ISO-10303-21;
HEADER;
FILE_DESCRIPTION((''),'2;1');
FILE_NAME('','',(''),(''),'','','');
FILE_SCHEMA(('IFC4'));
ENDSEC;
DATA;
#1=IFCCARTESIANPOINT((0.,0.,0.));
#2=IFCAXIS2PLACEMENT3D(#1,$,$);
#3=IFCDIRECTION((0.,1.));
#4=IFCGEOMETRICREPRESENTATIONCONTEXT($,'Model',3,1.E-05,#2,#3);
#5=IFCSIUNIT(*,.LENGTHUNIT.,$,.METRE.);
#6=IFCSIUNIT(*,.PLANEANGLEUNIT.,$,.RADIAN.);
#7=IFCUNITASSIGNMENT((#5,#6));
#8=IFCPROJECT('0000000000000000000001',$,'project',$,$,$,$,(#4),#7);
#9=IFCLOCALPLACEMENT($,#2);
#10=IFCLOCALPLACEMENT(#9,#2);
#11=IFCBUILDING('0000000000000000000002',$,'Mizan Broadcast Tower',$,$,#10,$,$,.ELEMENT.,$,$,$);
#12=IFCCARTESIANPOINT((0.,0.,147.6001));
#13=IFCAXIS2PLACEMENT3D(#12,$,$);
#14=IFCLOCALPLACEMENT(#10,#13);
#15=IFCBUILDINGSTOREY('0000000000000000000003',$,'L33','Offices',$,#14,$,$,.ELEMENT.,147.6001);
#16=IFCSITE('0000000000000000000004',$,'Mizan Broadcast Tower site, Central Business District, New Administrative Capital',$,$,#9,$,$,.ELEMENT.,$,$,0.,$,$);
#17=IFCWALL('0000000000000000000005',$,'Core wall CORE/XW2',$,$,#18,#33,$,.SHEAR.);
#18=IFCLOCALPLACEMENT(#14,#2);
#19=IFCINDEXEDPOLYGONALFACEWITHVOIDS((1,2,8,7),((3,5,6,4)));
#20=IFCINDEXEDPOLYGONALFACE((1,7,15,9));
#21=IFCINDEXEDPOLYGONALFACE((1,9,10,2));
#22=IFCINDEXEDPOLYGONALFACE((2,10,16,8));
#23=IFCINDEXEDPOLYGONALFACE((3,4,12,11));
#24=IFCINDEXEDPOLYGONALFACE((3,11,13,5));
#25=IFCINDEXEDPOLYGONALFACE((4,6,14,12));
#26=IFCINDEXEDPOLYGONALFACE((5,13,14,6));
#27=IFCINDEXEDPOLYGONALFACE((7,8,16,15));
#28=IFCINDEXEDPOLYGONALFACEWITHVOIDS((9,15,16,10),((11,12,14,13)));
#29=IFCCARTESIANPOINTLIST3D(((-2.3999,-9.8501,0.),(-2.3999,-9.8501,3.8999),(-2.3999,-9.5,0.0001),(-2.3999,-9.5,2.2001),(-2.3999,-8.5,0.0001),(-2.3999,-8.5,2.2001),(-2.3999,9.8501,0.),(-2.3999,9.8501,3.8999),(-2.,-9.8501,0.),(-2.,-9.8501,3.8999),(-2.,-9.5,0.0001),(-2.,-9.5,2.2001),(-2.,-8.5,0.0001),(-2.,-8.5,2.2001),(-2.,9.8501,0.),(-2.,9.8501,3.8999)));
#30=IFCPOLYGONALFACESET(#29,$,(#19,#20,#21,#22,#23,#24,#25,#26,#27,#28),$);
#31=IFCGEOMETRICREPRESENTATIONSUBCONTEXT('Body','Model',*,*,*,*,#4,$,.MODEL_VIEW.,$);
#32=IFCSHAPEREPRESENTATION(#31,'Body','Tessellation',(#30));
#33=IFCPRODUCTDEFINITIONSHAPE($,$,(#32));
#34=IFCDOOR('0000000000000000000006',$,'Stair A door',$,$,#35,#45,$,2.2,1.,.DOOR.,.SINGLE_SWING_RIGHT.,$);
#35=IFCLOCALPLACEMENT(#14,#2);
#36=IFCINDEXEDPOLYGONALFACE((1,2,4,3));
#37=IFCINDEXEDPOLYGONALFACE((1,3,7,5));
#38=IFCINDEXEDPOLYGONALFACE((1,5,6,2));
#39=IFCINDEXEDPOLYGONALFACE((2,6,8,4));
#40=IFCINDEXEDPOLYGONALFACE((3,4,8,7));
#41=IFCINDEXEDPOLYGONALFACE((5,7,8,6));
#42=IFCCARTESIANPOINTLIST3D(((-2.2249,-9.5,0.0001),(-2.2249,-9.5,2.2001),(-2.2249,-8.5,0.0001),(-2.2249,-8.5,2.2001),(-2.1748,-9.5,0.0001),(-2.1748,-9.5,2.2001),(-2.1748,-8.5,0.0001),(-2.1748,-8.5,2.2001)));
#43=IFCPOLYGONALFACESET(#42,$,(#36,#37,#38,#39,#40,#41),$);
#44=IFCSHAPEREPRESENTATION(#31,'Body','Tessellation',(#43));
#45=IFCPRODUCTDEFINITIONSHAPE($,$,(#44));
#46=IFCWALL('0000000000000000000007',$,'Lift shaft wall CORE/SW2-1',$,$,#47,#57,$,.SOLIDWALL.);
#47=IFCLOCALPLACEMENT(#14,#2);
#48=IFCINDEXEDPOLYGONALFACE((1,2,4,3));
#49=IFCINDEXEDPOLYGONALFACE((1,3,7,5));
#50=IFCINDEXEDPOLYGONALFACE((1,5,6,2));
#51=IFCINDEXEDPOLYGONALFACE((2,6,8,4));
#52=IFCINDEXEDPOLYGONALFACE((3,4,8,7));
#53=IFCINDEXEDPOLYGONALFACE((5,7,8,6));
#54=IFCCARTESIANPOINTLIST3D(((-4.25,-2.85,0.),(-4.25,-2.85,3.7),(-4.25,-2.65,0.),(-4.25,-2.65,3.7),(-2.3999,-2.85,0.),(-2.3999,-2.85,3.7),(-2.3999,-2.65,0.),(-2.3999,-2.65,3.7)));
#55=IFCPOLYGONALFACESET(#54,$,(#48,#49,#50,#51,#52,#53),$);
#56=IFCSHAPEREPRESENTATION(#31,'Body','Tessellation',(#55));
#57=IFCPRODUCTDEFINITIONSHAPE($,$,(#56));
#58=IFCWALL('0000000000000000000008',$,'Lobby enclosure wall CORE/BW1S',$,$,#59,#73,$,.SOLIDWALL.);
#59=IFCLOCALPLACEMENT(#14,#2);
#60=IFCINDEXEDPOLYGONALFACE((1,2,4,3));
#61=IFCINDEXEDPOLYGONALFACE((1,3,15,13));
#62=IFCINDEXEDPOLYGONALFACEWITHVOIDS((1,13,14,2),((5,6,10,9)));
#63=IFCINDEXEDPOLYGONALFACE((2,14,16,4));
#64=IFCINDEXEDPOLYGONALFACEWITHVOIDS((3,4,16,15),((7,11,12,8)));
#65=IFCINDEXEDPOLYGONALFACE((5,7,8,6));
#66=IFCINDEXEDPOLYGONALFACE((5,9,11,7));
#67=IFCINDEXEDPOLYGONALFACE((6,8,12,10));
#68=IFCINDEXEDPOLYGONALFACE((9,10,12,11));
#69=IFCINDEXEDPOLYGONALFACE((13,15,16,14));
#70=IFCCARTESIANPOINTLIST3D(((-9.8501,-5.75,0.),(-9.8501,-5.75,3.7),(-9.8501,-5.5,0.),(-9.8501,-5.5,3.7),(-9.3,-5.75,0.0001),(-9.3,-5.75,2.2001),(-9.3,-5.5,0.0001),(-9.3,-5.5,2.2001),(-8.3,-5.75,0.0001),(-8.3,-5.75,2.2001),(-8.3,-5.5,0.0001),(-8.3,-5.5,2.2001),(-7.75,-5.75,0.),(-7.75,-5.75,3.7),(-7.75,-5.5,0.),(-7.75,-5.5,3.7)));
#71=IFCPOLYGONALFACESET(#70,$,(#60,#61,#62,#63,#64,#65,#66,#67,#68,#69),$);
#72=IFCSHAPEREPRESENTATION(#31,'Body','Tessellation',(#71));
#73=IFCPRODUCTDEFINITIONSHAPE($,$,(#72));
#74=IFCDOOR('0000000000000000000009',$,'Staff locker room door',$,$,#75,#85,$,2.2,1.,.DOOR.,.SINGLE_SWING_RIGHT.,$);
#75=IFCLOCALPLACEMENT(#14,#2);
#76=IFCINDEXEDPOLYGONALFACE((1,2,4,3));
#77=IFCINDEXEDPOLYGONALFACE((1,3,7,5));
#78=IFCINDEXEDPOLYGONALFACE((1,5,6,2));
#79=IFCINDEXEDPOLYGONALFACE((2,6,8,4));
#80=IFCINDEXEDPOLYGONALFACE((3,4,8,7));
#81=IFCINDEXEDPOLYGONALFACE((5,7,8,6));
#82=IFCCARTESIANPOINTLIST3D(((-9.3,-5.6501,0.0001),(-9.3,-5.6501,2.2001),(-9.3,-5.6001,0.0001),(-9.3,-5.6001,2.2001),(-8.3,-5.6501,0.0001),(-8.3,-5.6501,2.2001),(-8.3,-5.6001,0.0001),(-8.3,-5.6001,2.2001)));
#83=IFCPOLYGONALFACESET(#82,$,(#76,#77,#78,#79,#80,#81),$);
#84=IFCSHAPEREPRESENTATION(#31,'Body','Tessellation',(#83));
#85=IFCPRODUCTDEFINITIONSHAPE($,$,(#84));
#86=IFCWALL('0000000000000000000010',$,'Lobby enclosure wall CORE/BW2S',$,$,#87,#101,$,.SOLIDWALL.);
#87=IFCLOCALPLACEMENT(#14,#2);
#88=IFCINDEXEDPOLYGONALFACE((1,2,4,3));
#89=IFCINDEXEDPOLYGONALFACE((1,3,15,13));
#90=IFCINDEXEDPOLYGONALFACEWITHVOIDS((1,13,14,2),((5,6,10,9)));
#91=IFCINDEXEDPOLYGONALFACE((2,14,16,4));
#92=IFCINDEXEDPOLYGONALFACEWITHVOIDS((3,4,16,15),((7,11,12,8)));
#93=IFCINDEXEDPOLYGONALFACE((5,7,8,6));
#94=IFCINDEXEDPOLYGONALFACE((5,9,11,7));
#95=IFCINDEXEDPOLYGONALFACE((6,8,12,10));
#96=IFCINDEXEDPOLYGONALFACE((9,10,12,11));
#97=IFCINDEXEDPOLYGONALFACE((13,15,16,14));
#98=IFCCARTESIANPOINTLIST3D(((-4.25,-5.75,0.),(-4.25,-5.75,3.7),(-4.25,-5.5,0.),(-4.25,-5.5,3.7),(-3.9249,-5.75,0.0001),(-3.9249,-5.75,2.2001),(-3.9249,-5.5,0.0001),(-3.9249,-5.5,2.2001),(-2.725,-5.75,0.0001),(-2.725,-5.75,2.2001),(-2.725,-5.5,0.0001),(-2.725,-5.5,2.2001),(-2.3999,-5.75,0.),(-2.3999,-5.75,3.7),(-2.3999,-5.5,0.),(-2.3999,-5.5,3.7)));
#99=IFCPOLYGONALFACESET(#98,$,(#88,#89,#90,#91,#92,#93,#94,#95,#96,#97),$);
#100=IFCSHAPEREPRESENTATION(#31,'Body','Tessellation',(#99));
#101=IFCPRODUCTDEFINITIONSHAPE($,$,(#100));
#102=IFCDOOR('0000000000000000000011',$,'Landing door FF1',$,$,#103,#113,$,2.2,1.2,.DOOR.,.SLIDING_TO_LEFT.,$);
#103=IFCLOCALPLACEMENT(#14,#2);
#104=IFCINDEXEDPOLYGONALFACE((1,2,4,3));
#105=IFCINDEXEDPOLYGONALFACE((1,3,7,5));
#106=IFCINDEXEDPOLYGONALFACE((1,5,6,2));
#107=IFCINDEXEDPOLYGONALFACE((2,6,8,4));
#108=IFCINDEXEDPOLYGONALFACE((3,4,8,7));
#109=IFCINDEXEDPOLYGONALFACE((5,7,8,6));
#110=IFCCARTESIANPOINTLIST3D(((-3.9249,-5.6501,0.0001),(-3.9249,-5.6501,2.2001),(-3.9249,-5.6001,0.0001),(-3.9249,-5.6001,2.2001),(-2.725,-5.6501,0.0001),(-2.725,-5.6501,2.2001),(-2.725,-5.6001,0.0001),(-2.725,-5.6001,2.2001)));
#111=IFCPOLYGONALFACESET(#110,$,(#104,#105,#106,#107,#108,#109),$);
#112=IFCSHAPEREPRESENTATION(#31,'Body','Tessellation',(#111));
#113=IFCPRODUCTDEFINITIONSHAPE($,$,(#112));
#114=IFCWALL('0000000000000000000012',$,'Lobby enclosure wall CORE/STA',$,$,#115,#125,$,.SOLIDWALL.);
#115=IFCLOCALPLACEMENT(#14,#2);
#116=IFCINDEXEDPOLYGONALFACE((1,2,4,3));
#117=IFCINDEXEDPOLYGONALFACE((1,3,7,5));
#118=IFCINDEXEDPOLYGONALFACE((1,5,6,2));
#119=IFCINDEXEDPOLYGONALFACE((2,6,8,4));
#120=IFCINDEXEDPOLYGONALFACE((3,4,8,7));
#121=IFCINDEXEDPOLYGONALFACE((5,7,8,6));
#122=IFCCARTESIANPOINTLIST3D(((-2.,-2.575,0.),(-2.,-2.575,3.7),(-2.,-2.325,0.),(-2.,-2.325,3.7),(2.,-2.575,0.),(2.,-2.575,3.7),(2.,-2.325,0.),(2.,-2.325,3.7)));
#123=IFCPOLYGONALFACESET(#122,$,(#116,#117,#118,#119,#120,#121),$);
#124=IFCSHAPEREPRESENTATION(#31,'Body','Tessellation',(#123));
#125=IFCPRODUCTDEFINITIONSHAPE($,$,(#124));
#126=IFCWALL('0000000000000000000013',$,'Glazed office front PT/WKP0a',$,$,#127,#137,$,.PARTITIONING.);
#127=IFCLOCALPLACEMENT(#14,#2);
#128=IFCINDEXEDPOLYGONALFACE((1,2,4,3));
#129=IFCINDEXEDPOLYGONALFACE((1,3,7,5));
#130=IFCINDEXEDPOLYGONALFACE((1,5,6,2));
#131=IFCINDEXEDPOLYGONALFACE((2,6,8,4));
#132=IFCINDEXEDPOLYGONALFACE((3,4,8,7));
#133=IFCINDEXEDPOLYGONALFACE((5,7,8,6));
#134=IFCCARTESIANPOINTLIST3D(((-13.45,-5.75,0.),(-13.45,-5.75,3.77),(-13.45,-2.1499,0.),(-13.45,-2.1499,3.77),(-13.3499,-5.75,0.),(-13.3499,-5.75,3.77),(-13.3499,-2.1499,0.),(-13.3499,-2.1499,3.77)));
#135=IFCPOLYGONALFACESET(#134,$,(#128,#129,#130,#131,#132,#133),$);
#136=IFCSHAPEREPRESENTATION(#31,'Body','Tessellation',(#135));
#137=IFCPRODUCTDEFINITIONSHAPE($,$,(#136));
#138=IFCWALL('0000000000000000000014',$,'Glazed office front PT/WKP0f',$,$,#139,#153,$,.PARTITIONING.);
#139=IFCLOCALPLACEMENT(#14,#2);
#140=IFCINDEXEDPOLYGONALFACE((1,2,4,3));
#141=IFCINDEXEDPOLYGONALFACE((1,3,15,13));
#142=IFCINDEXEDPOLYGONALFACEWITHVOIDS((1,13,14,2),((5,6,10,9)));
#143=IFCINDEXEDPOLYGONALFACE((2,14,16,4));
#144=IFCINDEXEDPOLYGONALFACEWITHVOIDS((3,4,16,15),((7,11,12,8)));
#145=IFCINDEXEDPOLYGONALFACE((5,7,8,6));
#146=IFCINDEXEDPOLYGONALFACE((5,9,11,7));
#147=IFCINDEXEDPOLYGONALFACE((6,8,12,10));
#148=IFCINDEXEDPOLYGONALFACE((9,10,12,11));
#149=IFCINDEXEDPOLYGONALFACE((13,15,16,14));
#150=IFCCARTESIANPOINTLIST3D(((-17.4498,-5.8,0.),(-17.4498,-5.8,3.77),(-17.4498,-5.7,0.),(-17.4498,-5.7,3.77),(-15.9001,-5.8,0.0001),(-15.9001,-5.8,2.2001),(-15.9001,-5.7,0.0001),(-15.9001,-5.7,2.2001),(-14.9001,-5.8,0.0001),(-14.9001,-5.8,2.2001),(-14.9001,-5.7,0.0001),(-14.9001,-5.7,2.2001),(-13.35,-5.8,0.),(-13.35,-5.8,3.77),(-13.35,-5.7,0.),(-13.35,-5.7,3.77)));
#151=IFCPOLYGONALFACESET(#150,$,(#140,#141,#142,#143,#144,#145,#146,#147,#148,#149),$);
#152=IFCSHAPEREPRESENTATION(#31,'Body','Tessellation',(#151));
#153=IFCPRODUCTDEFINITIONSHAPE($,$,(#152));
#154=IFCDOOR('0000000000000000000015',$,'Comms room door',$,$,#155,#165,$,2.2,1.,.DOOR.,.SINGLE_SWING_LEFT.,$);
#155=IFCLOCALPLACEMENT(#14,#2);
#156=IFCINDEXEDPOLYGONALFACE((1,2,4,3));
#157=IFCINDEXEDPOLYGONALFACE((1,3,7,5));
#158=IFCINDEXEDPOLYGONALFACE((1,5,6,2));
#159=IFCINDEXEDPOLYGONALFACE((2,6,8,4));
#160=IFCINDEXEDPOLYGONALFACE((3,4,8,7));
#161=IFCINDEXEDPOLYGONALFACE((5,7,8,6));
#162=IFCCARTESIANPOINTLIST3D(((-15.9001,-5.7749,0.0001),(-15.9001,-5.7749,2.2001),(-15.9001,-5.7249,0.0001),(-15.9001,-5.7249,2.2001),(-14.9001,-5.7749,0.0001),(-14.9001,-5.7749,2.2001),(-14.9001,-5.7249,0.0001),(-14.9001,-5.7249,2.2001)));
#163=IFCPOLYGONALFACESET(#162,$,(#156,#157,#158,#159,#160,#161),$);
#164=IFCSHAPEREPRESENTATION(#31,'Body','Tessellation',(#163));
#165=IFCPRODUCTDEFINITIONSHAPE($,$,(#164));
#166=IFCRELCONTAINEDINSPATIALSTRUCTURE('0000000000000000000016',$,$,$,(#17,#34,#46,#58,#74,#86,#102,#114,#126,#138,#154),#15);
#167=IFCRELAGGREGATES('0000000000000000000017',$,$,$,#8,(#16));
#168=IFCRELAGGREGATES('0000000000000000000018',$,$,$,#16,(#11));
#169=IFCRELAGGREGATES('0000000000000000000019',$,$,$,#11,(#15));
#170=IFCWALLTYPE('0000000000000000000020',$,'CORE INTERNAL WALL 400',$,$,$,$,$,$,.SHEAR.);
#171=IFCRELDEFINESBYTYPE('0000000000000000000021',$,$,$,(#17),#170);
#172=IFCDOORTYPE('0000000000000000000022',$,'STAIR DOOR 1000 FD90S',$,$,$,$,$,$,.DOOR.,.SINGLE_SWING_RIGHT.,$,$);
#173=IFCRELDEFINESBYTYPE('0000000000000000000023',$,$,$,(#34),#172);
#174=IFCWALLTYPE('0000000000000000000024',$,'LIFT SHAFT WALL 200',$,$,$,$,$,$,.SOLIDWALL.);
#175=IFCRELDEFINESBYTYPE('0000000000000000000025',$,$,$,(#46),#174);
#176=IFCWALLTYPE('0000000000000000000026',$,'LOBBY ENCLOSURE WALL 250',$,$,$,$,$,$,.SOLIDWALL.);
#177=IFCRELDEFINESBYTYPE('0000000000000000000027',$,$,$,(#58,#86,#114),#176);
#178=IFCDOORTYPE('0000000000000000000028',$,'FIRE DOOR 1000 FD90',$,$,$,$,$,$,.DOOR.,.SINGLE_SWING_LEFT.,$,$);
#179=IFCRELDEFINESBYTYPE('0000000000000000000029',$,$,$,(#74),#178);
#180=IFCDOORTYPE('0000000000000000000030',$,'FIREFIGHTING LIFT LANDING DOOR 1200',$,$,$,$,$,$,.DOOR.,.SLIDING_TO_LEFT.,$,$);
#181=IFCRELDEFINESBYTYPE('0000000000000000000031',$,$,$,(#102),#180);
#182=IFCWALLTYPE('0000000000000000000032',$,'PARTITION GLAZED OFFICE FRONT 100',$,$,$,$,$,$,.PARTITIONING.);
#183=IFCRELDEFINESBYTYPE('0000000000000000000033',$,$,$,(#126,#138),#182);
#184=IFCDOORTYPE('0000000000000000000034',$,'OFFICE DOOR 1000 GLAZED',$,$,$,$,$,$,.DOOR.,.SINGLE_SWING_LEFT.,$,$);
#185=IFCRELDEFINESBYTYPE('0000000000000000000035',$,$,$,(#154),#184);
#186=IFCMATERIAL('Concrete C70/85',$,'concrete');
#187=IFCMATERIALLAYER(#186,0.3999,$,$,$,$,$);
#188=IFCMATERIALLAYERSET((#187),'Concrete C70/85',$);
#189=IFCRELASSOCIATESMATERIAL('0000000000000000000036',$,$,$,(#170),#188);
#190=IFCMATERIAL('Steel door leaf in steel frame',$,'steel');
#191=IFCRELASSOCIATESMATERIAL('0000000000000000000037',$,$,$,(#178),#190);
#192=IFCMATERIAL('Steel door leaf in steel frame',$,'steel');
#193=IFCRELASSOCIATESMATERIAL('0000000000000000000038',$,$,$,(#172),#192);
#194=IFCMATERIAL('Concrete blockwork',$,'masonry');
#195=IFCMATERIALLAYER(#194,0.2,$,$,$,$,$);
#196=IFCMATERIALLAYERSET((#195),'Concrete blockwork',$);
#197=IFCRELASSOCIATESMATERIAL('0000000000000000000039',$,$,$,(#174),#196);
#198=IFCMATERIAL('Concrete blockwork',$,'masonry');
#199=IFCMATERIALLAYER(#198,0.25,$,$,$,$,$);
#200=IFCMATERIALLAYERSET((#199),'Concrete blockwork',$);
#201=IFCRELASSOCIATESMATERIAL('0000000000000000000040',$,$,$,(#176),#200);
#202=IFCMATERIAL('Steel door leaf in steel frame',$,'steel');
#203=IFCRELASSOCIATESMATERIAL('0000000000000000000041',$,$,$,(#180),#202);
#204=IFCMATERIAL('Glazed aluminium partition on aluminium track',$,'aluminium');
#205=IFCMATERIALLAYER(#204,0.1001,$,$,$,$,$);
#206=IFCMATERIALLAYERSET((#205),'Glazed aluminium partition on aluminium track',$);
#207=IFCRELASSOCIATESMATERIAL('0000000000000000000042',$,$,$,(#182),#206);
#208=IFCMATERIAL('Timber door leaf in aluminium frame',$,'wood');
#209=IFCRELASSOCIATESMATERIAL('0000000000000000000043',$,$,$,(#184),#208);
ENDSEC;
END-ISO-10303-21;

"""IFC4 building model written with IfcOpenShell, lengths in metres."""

from ifc_helpers import new_model, si_unit, direction, frame, frame_2d, origin, place, context, subcontext, project, spatial, rectangle, extrude, material, layer, layer_set, type_object, element, fill, save


model = new_model("IFC4")

# Units and contexts
model_context = context("Model", 3, precision=1e-05, world=origin(), true_north=direction((0.0, 1.0)))
body_context = subcontext(model_context, "Body", "Model", "MODEL_VIEW")
ifc_project = project(units=[si_unit("LENGTHUNIT", "METRE"), si_unit("PLANEANGLEUNIT", "RADIAN")], contexts=[model_context])

# Site, building, storey
site_placement = place(None, origin())
site = spatial("IfcSite", under=ifc_project, at=site_placement, Name="Mizan Broadcast Tower site, Central Business District, New Administrative Capital", CompositionType="ELEMENT", RefElevation=0.0)
building_placement = place(site_placement, origin())
building = spatial("IfcBuilding", under=site, at=building_placement, Name="Mizan Broadcast Tower", CompositionType="ELEMENT")
storey_placement = place(building_placement, frame((0.0, 0.0, 147.6001)))
storey = spatial("IfcBuildingStorey", under=building, at=storey_placement, Name="L33", Description="Offices", CompositionType="ELEMENT", Elevation=147.6001)

# Shared definitions
ifc_material_1 = material(Name="Concrete C70/85", Category="concrete")
ifc_layer_1 = layer(ifc_material_1, 0.3999)
ifc_layer_set_1 = layer_set([ifc_layer_1], Name="Concrete C70/85")
wall_type_1 = type_object("IfcWallType", Name="CORE INTERNAL WALL 400", PredefinedType="SHEAR", material=ifc_layer_set_1)
ifc_material_2 = material(Name="Steel door leaf in steel frame", Category="steel")
door_type_1 = type_object("IfcDoorType", Name="FIRE DOOR 1000 FD90", OperationType="SINGLE_SWING_LEFT", PredefinedType="DOOR", material=ifc_material_2)

# Wall, opening, door
wall_1_placement = place(storey_placement, frame((-2.2, -9.8501, 0.0), z_axis=(0.0, 0.0, 1.0), x_axis=(0.0, 1.0, 0.0)))
wall_1 = element("IfcWall", 1, at=wall_1_placement, inside=storey, type_object=wall_type_1, Name="Core wall CORE/XW2", PredefinedType="SHEAR", context=body_context, shape_type="SweptSolid", body=[
    extrude(rectangle(XDim=19.7002, YDim=0.3999, at=frame_2d((9.8501, 0.0))), origin(), (0.0, 0.0, 1.0), 3.8999),
])
opening_1_placement = place(wall_1_placement, frame((0.3501, 0.0, 0.0)))
opening_1 = element("IfcOpeningElement", 2, at=opening_1_placement, cuts=wall_1, PredefinedType="OPENING", context=body_context, shape_type="SweptSolid", body=[
    extrude(rectangle(XDim=1.0, YDim=2.2, at=frame_2d((0.5, 1.1001))), frame((0.0, 0.21, 0.0), z_axis=(0.0, -1.0, 0.0), x_axis=(1.0, 0.0, 0.0)), (0.0, 0.0, 1.0), 0.4199),
])
ifc_material_3 = material(Name="Steel door leaf in steel frame", Category="steel")
door_type_2 = type_object("IfcDoorType", Name="STAIR DOOR 1000 FD90S", OperationType="SINGLE_SWING_RIGHT", PredefinedType="DOOR", material=ifc_material_3)
door_1_placement = place(opening_1_placement, origin())
door_1 = element("IfcDoor", 3, at=door_1_placement, inside=storey, type_object=door_type_2, Name="Stair A door", OperationType="SINGLE_SWING_RIGHT", OverallHeight=2.2, OverallWidth=1.0, PredefinedType="DOOR", context=body_context, shape_type="SweptSolid", body=[
    extrude(rectangle(XDim=1.0, YDim=2.2, at=frame_2d((0.5, 1.1001))), frame((0.0, 0.0249, 0.0), z_axis=(0.0, -1.0, 0.0), x_axis=(1.0, 0.0, 0.0)), (0.0, 0.0, 1.0), 0.05),
])
fill(opening_1, door_1)

# Wall
ifc_material_4 = material(Name="Concrete blockwork", Category="masonry")
ifc_layer_2 = layer(ifc_material_4, 0.2)
ifc_layer_set_2 = layer_set([ifc_layer_2], Name="Concrete blockwork")
wall_type_2 = type_object("IfcWallType", Name="LIFT SHAFT WALL 200", PredefinedType="SOLIDWALL", material=ifc_layer_set_2)
wall_2_placement = place(storey_placement, frame((-4.25, -2.75, 0.0), z_axis=(0.0, 0.0, 1.0), x_axis=(1.0, 0.0, 0.0)))
element("IfcWall", 4, at=wall_2_placement, inside=storey, type_object=wall_type_2, Name="Lift shaft wall CORE/SW2-1", PredefinedType="SOLIDWALL", context=body_context, shape_type="SweptSolid", body=[
    extrude(rectangle(XDim=1.8501, YDim=0.2, at=frame_2d((0.925, 0.0))), origin(), (0.0, 0.0, 1.0), 3.7),
])

# Walls, openings, doors
ifc_material_5 = material(Name="Concrete blockwork", Category="masonry")
ifc_layer_3 = layer(ifc_material_5, 0.25)
ifc_layer_set_3 = layer_set([ifc_layer_3], Name="Concrete blockwork")
wall_type_3 = type_object("IfcWallType", Name="LOBBY ENCLOSURE WALL 250", PredefinedType="SOLIDWALL", material=ifc_layer_set_3)
wall_3_placement = place(storey_placement, frame((-9.8501, -5.625, 0.0), z_axis=(0.0, 0.0, 1.0), x_axis=(1.0, 0.0, 0.0)))
wall_3 = element("IfcWall", 5, at=wall_3_placement, inside=storey, type_object=wall_type_3, Name="Lobby enclosure wall CORE/BW1S", PredefinedType="SOLIDWALL", context=body_context, shape_type="SweptSolid", body=[
    extrude(rectangle(XDim=2.1001, YDim=0.25, at=frame_2d((1.05, 0.0))), origin(), (0.0, 0.0, 1.0), 3.7),
])
opening_2_placement = place(wall_3_placement, frame((0.55, 0.0, 0.0)))
opening_2 = element("IfcOpeningElement", 6, at=opening_2_placement, cuts=wall_3, PredefinedType="OPENING", context=body_context, shape_type="SweptSolid", body=[
    extrude(rectangle(XDim=1.0, YDim=2.2, at=frame_2d((0.5, 1.1001))), frame((0.0, 0.135, 0.0), z_axis=(0.0, -1.0, 0.0), x_axis=(1.0, 0.0, 0.0)), (0.0, 0.0, 1.0), 0.27),
])
door_2_placement = place(opening_2_placement, origin())
door_2 = element("IfcDoor", 7, at=door_2_placement, inside=storey, type_object=door_type_1, Name="Staff locker room door", OperationType="SINGLE_SWING_RIGHT", OverallHeight=2.2, OverallWidth=1.0, PredefinedType="DOOR", context=body_context, shape_type="SweptSolid", body=[
    extrude(rectangle(XDim=1.0, YDim=2.2, at=frame_2d((0.5, 1.1001))), frame((0.0, 0.0249, 0.0), z_axis=(0.0, -1.0, 0.0), x_axis=(1.0, 0.0, 0.0)), (0.0, 0.0, 1.0), 0.05),
])
fill(opening_2, door_2)
wall_4_placement = place(storey_placement, frame((-4.25, -5.625, 0.0), z_axis=(0.0, 0.0, 1.0), x_axis=(1.0, 0.0, 0.0)))
wall_4 = element("IfcWall", 8, at=wall_4_placement, inside=storey, type_object=wall_type_3, Name="Lobby enclosure wall CORE/BW2S", PredefinedType="SOLIDWALL", context=body_context, shape_type="SweptSolid", body=[
    extrude(rectangle(XDim=1.8501, YDim=0.25, at=frame_2d((0.925, 0.0))), origin(), (0.0, 0.0, 1.0), 3.7),
])
opening_3_placement = place(wall_4_placement, frame((0.325, 0.0, 0.0)))
opening_3 = element("IfcOpeningElement", 9, at=opening_3_placement, cuts=wall_4, PredefinedType="OPENING", context=body_context, shape_type="SweptSolid", body=[
    extrude(rectangle(XDim=1.2, YDim=2.2, at=frame_2d((0.6001, 1.1001))), frame((0.0, 0.135, 0.0), z_axis=(0.0, -1.0, 0.0), x_axis=(1.0, 0.0, 0.0)), (0.0, 0.0, 1.0), 0.27),
])
ifc_material_6 = material(Name="Steel door leaf in steel frame", Category="steel")
door_type_3 = type_object("IfcDoorType", Name="FIREFIGHTING LIFT LANDING DOOR 1200", OperationType="SLIDING_TO_LEFT", PredefinedType="DOOR", material=ifc_material_6)
door_3_placement = place(opening_3_placement, origin())
door_3 = element("IfcDoor", 10, at=door_3_placement, inside=storey, type_object=door_type_3, Name="Landing door FF1", OperationType="SLIDING_TO_LEFT", OverallHeight=2.2, OverallWidth=1.2, PredefinedType="DOOR", context=body_context, shape_type="SweptSolid", body=[
    extrude(rectangle(XDim=1.2, YDim=2.2, at=frame_2d((0.6001, 1.1001))), frame((0.0, 0.0249, 0.0), z_axis=(0.0, -1.0, 0.0), x_axis=(1.0, 0.0, 0.0)), (0.0, 0.0, 1.0), 0.05),
])
fill(opening_3, door_3)

# Walls
wall_5_placement = place(storey_placement, frame((-2.0, -2.45, 0.0), z_axis=(0.0, 0.0, 1.0), x_axis=(1.0, 0.0, 0.0)))
element("IfcWall", 11, at=wall_5_placement, inside=storey, type_object=wall_type_3, Name="Lobby enclosure wall CORE/STA", PredefinedType="SOLIDWALL", context=body_context, shape_type="SweptSolid", body=[
    extrude(rectangle(XDim=4.0, YDim=0.25, at=frame_2d((2.0, 0.0))), origin(), (0.0, 0.0, 1.0), 3.7),
])
ifc_material_7 = material(Name="Glazed aluminium partition on aluminium track", Category="aluminium")
ifc_layer_4 = layer(ifc_material_7, 0.1001)
ifc_layer_set_4 = layer_set([ifc_layer_4], Name="Glazed aluminium partition on aluminium track")
wall_type_4 = type_object("IfcWallType", Name="PARTITION GLAZED OFFICE FRONT 100", PredefinedType="PARTITIONING", material=ifc_layer_set_4)
wall_6_placement = place(storey_placement, frame((-13.3999, -2.1499, 0.0), z_axis=(0.0, 0.0, 1.0), x_axis=(0.0, -1.0, 0.0)))
element("IfcWall", 12, at=wall_6_placement, inside=storey, type_object=wall_type_4, Name="Glazed office front PT/WKP0a", PredefinedType="PARTITIONING", context=body_context, shape_type="SweptSolid", body=[
    extrude(rectangle(XDim=3.6001, YDim=0.1001, at=frame_2d((1.8, 0.0))), origin(), (0.0, 0.0, 1.0), 3.77),
])

# Wall, opening, door
wall_7_placement = place(storey_placement, frame((-13.3501, -5.75, 0.0), z_axis=(0.0, 0.0, 1.0), x_axis=(-1.0, 0.0, 0.0)))
wall_7 = element("IfcWall", 13, at=wall_7_placement, inside=storey, type_object=wall_type_4, Name="Glazed office front PT/WKP0f", PredefinedType="PARTITIONING", context=body_context, shape_type="SweptSolid", body=[
    extrude(rectangle(XDim=4.0999, YDim=0.1001, at=frame_2d((2.0498, 0.0))), origin(), (0.0, 0.0, 1.0), 3.77),
])
opening_4_placement = place(wall_7_placement, frame((1.55, 0.0, 0.0)))
opening_4 = element("IfcOpeningElement", 14, at=opening_4_placement, cuts=wall_7, PredefinedType="OPENING", context=body_context, shape_type="SweptSolid", body=[
    extrude(rectangle(XDim=1.0, YDim=2.2, at=frame_2d((0.5, 1.1001))), frame((0.0, 0.0601, 0.0), z_axis=(0.0, -1.0, 0.0), x_axis=(1.0, 0.0, 0.0)), (0.0, 0.0, 1.0), 0.1201),
])
ifc_material_8 = material(Name="Timber door leaf in aluminium frame", Category="wood")
door_type_4 = type_object("IfcDoorType", Name="OFFICE DOOR 1000 GLAZED", OperationType="SINGLE_SWING_LEFT", PredefinedType="DOOR", material=ifc_material_8)
door_4_placement = place(opening_4_placement, origin())
door_4 = element("IfcDoor", 15, at=door_4_placement, inside=storey, type_object=door_type_4, Name="Comms room door", OperationType="SINGLE_SWING_LEFT", OverallHeight=2.2, OverallWidth=1.0, PredefinedType="DOOR", context=body_context, shape_type="SweptSolid", body=[
    extrude(rectangle(XDim=1.0, YDim=2.2, at=frame_2d((0.5, 1.1001))), frame((0.0, 0.0249, 0.0), z_axis=(0.0, -1.0, 0.0), x_axis=(1.0, 0.0, 0.0)), (0.0, 0.0, 1.0), 0.05),
])
fill(opening_4, door_4)

save(model, "model.ifc")
